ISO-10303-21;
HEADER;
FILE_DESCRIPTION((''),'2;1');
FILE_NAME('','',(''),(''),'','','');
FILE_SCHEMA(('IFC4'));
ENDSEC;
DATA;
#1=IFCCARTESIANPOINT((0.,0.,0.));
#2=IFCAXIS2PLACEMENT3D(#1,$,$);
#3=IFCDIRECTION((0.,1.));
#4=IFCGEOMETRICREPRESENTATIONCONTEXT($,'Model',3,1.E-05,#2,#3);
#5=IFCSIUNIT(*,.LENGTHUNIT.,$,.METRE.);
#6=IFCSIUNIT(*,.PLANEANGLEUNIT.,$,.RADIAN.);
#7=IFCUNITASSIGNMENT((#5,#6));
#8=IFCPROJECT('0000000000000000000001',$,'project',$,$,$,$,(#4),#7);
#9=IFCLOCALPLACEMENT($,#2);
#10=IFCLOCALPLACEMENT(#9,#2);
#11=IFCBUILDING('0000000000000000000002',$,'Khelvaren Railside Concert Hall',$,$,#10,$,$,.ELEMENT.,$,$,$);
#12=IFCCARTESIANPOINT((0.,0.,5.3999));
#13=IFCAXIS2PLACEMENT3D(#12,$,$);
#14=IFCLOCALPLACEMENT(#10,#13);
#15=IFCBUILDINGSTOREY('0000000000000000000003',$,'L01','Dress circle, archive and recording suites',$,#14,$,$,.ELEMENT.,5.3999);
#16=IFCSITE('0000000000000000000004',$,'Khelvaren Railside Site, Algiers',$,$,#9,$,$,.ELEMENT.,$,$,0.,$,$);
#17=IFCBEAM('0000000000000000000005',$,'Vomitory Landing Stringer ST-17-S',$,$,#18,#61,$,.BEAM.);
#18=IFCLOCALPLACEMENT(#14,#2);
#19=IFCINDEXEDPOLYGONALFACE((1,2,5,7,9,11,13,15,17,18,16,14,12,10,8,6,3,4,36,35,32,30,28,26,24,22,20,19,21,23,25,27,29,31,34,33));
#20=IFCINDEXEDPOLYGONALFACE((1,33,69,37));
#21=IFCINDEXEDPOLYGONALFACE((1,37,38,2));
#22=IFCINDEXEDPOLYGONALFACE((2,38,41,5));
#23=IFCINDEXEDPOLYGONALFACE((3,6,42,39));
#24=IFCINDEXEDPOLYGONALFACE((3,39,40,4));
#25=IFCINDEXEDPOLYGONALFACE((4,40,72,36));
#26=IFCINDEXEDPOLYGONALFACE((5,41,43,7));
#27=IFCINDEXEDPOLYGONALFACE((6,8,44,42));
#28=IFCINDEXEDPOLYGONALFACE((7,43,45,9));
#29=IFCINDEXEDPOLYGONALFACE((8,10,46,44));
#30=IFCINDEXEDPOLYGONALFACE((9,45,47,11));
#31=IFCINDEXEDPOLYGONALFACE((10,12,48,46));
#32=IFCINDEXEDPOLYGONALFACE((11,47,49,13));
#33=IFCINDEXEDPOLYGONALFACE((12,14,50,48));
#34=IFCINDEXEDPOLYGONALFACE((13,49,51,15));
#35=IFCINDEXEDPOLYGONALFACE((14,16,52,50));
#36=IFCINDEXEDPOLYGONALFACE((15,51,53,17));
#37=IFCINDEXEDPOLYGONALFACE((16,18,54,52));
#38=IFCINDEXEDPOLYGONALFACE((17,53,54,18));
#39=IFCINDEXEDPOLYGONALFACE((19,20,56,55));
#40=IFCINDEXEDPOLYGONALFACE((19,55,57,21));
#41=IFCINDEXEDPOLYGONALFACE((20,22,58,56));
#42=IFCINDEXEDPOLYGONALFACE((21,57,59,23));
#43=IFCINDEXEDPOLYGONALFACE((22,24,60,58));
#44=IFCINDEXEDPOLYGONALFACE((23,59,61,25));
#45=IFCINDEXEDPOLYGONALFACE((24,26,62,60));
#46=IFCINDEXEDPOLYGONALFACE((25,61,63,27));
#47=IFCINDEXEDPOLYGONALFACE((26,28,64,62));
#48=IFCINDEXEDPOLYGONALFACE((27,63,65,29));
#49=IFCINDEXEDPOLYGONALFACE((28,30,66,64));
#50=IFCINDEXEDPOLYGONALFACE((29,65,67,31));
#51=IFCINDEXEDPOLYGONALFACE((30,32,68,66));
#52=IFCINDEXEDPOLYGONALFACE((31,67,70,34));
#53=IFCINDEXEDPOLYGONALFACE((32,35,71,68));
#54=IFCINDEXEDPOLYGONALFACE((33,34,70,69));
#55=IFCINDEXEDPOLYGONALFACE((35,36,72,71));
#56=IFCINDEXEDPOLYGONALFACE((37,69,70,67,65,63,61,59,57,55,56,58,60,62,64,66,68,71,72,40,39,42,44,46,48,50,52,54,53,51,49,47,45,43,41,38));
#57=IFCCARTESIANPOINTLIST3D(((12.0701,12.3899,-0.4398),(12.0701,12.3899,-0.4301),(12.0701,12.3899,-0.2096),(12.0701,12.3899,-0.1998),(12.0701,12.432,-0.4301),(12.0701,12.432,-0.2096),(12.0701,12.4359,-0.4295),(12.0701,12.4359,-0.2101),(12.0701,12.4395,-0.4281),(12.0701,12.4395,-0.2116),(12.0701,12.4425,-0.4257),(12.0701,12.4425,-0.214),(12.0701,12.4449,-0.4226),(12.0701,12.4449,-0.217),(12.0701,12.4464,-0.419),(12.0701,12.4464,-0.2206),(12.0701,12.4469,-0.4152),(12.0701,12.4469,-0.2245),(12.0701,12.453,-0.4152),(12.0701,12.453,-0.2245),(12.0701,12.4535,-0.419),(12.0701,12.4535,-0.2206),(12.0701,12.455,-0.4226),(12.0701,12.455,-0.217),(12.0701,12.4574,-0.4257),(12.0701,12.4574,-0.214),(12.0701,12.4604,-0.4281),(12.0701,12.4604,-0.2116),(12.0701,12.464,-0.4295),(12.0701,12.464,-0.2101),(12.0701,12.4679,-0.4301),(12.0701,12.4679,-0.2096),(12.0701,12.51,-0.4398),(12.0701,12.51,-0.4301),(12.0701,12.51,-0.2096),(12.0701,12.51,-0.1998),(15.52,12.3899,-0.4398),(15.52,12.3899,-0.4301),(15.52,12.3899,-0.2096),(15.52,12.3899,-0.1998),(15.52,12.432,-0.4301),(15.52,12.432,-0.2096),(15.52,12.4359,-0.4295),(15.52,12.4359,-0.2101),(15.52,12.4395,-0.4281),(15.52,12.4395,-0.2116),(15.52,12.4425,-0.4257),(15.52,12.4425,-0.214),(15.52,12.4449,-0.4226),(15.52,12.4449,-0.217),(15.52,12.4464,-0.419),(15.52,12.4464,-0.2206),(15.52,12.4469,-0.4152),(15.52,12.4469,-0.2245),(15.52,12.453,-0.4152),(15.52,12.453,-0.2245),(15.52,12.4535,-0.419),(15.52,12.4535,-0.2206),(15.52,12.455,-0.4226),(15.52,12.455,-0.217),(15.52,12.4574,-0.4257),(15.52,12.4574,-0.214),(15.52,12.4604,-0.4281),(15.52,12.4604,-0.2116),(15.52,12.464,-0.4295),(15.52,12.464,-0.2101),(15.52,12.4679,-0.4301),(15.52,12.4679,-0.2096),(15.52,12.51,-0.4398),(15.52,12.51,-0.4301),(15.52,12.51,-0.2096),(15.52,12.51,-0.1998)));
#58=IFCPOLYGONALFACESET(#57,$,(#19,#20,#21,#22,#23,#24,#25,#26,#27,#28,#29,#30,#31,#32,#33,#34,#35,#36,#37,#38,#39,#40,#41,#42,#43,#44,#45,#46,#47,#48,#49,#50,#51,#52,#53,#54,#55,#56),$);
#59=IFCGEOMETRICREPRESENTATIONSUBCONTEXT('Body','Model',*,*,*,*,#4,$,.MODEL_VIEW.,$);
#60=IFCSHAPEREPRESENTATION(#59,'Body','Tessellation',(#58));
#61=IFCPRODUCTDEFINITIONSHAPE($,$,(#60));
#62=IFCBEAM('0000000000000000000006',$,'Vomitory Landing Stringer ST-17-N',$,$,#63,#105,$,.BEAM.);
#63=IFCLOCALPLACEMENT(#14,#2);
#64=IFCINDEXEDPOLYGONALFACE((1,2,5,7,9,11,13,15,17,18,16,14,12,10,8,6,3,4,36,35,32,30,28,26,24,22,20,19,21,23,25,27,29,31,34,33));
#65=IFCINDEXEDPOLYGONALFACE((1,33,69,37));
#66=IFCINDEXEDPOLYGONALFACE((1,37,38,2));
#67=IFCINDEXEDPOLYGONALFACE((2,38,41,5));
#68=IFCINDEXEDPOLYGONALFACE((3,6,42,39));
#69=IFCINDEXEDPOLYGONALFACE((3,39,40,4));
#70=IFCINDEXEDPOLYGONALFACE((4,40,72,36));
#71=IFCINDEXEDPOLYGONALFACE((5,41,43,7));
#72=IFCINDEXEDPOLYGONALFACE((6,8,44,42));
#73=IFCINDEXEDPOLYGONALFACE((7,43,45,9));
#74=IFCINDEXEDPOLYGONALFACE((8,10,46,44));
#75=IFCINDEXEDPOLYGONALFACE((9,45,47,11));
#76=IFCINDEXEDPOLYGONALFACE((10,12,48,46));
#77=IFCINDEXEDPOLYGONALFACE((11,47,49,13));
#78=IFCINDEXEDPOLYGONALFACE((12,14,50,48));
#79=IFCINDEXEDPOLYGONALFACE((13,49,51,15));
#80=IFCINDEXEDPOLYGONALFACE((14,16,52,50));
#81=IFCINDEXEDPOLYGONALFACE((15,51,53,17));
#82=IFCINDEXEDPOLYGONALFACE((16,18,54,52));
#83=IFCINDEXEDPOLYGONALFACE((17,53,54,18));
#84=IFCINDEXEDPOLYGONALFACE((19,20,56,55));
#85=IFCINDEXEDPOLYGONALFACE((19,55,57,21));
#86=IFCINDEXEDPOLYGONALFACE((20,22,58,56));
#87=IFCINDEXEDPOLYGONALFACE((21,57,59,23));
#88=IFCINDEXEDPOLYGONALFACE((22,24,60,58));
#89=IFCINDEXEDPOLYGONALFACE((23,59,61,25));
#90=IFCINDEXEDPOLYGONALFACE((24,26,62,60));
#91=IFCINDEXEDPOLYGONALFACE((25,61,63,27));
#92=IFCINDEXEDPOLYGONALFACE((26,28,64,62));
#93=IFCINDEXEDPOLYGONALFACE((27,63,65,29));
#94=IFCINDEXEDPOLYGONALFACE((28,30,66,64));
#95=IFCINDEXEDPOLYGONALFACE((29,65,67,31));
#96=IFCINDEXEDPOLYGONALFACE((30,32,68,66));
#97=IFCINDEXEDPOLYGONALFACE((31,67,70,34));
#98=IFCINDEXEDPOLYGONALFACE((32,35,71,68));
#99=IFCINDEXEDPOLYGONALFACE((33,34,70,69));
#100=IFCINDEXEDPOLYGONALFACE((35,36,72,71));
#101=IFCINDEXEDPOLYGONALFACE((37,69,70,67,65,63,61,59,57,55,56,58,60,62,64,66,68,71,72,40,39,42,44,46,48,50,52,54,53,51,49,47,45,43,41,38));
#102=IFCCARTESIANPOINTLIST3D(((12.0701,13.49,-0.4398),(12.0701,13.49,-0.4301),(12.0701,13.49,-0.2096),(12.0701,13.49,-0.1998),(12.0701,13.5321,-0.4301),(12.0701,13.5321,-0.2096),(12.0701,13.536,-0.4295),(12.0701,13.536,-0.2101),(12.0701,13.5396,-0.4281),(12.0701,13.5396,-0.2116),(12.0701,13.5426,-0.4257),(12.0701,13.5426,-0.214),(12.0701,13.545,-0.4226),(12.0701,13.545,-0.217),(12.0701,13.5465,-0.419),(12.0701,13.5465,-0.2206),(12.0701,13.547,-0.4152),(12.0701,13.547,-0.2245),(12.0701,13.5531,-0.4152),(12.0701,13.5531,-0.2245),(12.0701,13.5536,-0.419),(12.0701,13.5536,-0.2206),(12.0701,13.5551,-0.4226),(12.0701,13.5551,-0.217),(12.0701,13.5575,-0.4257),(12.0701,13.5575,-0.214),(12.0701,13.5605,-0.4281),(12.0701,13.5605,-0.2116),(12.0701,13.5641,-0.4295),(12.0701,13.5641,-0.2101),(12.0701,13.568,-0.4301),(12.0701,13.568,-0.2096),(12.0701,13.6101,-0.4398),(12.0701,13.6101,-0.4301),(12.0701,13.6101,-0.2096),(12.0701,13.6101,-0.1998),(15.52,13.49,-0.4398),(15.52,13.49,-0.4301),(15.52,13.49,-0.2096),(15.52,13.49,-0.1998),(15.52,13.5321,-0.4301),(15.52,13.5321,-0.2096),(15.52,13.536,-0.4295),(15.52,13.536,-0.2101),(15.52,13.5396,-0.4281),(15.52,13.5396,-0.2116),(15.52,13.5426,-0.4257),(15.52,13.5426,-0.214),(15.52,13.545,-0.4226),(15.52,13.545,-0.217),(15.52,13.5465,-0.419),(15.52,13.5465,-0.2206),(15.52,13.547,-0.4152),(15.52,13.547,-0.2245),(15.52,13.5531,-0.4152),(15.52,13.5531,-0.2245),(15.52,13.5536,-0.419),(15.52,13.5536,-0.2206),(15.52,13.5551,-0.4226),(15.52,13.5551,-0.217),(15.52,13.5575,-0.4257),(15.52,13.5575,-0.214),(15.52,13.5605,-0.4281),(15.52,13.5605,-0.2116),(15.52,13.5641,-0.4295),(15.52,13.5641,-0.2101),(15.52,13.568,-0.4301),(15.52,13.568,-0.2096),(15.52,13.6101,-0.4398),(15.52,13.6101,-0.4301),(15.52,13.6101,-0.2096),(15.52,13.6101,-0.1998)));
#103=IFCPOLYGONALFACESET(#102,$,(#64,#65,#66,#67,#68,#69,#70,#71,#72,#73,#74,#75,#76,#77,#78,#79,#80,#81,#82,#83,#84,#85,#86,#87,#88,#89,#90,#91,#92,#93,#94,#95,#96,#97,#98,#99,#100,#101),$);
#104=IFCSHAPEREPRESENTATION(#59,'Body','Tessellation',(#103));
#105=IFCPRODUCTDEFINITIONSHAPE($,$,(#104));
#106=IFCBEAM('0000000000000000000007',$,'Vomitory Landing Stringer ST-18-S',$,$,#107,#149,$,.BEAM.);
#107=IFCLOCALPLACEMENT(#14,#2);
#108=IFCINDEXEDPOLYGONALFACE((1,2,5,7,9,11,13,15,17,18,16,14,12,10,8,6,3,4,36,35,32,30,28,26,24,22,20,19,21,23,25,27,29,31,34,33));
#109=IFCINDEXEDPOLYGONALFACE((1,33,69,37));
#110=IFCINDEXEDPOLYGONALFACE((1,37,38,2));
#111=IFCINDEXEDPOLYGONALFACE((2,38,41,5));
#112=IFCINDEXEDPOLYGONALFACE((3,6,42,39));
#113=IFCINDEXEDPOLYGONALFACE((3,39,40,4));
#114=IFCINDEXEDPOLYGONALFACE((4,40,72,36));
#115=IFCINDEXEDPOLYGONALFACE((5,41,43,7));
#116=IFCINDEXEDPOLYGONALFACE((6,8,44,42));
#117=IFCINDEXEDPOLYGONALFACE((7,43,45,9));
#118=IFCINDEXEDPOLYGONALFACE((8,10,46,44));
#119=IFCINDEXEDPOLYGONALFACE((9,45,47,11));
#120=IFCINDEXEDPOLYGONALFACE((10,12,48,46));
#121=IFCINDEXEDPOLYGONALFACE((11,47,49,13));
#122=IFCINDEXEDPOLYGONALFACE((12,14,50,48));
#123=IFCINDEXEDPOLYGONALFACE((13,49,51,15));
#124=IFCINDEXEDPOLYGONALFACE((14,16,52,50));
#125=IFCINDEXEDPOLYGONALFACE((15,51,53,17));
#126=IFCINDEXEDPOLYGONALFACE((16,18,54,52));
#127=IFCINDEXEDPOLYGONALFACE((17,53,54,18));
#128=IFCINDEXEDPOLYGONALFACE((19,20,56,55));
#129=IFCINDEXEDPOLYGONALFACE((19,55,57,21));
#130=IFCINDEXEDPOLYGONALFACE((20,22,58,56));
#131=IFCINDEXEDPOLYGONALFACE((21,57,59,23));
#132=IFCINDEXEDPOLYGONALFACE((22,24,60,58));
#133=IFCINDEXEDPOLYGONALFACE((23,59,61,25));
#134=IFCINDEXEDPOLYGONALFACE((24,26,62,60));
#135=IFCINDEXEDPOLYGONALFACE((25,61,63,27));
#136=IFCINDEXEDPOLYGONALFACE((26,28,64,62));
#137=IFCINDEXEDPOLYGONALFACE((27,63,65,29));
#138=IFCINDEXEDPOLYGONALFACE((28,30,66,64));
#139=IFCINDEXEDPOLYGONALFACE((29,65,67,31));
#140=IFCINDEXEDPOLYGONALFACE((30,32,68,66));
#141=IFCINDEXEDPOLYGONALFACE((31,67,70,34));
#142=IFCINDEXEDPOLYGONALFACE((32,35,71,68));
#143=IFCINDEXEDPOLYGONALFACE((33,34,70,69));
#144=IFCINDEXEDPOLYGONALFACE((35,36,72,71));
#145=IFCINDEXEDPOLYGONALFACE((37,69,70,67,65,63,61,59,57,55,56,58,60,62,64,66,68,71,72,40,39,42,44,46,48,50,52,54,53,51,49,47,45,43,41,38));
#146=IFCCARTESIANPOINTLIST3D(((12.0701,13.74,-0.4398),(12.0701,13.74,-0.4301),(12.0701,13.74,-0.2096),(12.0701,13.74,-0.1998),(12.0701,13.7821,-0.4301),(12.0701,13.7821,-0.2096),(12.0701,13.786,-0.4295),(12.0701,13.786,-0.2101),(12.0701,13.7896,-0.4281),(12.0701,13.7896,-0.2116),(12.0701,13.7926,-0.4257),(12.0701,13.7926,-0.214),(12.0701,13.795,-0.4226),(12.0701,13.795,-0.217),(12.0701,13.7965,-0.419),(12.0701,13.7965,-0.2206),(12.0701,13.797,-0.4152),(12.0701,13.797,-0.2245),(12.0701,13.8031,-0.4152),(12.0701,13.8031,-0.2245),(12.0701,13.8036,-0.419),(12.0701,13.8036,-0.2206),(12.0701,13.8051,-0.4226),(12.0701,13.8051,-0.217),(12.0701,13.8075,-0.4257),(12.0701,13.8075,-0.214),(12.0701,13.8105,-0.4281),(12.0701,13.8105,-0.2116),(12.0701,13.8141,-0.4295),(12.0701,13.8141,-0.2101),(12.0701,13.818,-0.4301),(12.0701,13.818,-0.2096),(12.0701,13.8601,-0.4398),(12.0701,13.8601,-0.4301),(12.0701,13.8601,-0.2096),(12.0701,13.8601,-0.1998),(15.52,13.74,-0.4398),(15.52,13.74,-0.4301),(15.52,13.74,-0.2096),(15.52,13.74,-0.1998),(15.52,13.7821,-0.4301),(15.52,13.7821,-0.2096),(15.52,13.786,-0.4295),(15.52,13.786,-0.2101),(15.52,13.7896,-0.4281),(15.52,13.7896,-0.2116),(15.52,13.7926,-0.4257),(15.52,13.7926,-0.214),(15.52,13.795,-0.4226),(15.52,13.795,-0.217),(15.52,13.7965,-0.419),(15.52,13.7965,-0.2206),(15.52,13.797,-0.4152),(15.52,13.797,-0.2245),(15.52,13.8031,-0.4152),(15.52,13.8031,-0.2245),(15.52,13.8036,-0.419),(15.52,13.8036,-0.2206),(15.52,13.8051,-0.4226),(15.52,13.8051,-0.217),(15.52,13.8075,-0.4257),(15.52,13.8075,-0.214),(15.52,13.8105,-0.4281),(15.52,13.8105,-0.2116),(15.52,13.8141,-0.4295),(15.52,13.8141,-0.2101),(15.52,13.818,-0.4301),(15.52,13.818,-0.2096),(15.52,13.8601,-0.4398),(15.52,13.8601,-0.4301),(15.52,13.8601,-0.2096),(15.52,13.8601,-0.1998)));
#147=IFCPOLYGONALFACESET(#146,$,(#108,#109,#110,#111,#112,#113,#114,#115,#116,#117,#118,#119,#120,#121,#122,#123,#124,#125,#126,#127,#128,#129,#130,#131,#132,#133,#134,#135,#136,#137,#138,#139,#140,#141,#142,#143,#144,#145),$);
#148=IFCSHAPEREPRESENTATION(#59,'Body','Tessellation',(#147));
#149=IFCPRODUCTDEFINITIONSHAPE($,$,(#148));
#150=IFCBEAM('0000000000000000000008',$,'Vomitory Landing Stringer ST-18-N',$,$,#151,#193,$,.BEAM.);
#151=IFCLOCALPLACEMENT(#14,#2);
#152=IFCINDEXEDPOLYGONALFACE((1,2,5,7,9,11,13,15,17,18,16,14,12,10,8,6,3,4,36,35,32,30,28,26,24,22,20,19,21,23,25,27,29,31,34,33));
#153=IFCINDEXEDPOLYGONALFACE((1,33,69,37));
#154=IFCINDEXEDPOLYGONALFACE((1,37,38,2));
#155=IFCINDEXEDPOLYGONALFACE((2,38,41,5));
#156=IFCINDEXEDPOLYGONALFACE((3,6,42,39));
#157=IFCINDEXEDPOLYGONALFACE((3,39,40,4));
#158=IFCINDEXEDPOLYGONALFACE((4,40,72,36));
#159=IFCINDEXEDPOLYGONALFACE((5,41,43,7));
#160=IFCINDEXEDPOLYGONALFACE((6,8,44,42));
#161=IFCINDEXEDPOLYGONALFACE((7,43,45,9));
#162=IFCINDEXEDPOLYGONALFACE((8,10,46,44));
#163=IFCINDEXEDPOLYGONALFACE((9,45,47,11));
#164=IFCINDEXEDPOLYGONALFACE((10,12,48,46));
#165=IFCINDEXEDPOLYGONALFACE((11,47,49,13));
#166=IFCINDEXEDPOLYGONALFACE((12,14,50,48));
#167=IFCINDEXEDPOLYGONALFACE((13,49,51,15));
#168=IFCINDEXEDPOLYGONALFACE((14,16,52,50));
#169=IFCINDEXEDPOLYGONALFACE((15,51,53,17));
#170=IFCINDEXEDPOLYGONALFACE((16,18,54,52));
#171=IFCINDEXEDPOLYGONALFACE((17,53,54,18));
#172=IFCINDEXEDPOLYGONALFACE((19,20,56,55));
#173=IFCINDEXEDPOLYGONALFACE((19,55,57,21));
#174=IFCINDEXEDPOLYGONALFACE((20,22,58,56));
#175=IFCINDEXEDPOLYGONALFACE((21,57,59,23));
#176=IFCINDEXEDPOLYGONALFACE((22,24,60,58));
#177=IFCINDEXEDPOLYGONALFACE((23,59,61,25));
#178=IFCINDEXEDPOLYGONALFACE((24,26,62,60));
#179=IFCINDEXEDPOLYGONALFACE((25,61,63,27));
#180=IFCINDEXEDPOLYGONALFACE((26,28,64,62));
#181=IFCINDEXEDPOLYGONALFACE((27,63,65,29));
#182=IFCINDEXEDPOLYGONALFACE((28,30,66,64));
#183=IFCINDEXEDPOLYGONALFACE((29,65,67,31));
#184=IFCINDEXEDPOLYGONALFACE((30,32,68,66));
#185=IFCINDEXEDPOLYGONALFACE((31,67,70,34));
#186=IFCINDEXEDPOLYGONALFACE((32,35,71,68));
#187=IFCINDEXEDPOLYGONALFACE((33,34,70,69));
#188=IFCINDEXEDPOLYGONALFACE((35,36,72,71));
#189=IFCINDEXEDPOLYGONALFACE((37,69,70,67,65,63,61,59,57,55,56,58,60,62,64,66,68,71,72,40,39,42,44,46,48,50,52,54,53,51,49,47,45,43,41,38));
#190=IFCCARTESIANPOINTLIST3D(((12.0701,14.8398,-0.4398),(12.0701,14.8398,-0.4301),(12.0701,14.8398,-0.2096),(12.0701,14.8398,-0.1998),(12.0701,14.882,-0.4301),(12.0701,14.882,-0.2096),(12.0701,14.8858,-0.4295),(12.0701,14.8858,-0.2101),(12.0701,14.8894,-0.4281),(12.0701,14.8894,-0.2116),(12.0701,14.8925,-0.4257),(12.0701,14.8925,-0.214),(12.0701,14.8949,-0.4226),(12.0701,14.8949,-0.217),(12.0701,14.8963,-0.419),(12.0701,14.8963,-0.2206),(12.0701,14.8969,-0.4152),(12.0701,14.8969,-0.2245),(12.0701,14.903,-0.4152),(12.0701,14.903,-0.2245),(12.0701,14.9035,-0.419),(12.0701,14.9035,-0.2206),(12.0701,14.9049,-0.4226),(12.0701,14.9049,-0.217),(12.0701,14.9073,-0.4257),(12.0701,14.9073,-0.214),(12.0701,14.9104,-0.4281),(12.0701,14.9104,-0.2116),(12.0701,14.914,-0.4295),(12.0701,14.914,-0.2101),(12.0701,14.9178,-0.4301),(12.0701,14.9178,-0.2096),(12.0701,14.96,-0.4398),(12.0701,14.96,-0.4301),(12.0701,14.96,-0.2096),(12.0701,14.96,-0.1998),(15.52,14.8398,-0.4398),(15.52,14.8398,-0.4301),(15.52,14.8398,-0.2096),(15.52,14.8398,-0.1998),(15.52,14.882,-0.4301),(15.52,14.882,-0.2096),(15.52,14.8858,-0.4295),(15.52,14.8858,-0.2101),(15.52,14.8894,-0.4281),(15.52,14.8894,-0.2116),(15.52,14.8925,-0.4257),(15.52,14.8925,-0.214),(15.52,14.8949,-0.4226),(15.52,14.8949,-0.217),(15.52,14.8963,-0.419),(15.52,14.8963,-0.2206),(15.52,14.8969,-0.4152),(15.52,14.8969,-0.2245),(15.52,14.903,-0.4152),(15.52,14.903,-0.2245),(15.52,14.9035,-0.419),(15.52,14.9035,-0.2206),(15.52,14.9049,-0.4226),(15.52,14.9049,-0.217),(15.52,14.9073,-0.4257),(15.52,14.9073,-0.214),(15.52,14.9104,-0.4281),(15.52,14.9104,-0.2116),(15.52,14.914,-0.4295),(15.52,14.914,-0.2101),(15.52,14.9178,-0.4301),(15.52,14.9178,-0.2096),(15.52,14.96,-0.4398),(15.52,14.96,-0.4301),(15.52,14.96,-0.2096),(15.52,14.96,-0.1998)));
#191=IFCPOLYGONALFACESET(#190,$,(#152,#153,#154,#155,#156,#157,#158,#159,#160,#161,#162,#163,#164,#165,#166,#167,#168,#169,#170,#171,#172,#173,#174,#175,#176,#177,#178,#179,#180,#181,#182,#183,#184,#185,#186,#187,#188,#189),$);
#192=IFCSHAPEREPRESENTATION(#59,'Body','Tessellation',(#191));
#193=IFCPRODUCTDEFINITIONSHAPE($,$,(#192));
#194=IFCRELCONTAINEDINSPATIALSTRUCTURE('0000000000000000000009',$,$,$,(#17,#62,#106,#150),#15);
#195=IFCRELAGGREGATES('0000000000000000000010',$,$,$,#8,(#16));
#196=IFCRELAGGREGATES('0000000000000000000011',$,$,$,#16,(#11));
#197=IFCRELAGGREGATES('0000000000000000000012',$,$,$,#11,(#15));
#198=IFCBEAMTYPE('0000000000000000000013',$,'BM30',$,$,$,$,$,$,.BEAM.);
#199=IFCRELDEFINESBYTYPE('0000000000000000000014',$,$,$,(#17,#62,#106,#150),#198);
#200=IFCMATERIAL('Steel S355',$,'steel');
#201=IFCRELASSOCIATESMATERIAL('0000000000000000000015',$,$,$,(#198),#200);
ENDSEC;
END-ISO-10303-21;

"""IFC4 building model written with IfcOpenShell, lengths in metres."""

from ifc_helpers import new_model, si_unit, direction, frame, origin, origin_2d, place, context, subcontext, project, spatial, i_section, extrude, material, material_profile, profile_set, type_object, element, save


model = new_model("IFC4")

# Units and contexts
model_context = context("Model", 3, precision=1e-05, world=origin(), true_north=direction((0.0, 1.0)))
body_context = subcontext(model_context, "Body", "Model", "MODEL_VIEW")
ifc_project = project(units=[si_unit("LENGTHUNIT", "METRE"), si_unit("PLANEANGLEUNIT", "RADIAN")], contexts=[model_context])

# Site, building, storey
site_placement = place(None, origin())
site = spatial("IfcSite", under=ifc_project, at=site_placement, Name="Khelvaren Railside Site, Algiers", CompositionType="ELEMENT", RefElevation=0.0)
building_placement = place(site_placement, origin())
building = spatial("IfcBuilding", under=site, at=building_placement, Name="Khelvaren Railside Concert Hall", CompositionType="ELEMENT")
storey_placement = place(building_placement, frame((0.0, 0.0, 5.3999)))
storey = spatial("IfcBuildingStorey", under=building, at=storey_placement, Name="L01", Description="Dress circle, archive and recording suites", CompositionType="ELEMENT", Elevation=5.3999)

# Beams
ifc_material_1 = material(Name="Steel S355", Category="steel")
ifc_material_profile_1 = material_profile(ifc_material_1, i_section(OverallWidth=0.1201, OverallDepth=0.24, WebThickness=0.0061, FlangeThickness=0.0098, FilletRadius=0.0149, at=origin_2d()), Name="IPE 240")
ifc_profile_set_1 = profile_set([ifc_material_profile_1], Name="Steel S355")
beam_type_1 = type_object("IfcBeamType", Name="BM30", PredefinedType="BEAM", material=ifc_profile_set_1)
for number, where, z_axis, x_axis, name in (
    (1, (12.0701, 12.45, -0.3198), (1.0, 0.0, 0.0), (0.0, 1.0, 0.0), "Vomitory Landing Stringer ST-17-S"),
    (2, (12.0701, 13.55, -0.3198), (1.0, 0.0, 0.0), (0.0, 1.0, 0.0), "Vomitory Landing Stringer ST-17-N"),
    (3, (12.0701, 13.8, -0.3198), (1.0, 0.0, 0.0), (0.0, 1.0, 0.0), "Vomitory Landing Stringer ST-18-S"),
    (4, (12.0701, 14.8999, -0.3198), (1.0, 0.0, 0.0), (0.0, 1.0, 0.0), "Vomitory Landing Stringer ST-18-N"),
):
    element("IfcBeam", number, at=place(storey_placement, frame(where, z_axis=z_axis, x_axis=x_axis)), inside=storey, type_object=beam_type_1, Name=name, PredefinedType="BEAM", context=body_context, shape_type="SweptSolid", body=[
        extrude(i_section(OverallWidth=0.1201, OverallDepth=0.24, WebThickness=0.0061, FlangeThickness=0.0098, FilletRadius=0.0149, at=origin_2d()), origin(), (0.0, 0.0, 1.0), 3.45),
    ])

save(model, "model.ifc")
